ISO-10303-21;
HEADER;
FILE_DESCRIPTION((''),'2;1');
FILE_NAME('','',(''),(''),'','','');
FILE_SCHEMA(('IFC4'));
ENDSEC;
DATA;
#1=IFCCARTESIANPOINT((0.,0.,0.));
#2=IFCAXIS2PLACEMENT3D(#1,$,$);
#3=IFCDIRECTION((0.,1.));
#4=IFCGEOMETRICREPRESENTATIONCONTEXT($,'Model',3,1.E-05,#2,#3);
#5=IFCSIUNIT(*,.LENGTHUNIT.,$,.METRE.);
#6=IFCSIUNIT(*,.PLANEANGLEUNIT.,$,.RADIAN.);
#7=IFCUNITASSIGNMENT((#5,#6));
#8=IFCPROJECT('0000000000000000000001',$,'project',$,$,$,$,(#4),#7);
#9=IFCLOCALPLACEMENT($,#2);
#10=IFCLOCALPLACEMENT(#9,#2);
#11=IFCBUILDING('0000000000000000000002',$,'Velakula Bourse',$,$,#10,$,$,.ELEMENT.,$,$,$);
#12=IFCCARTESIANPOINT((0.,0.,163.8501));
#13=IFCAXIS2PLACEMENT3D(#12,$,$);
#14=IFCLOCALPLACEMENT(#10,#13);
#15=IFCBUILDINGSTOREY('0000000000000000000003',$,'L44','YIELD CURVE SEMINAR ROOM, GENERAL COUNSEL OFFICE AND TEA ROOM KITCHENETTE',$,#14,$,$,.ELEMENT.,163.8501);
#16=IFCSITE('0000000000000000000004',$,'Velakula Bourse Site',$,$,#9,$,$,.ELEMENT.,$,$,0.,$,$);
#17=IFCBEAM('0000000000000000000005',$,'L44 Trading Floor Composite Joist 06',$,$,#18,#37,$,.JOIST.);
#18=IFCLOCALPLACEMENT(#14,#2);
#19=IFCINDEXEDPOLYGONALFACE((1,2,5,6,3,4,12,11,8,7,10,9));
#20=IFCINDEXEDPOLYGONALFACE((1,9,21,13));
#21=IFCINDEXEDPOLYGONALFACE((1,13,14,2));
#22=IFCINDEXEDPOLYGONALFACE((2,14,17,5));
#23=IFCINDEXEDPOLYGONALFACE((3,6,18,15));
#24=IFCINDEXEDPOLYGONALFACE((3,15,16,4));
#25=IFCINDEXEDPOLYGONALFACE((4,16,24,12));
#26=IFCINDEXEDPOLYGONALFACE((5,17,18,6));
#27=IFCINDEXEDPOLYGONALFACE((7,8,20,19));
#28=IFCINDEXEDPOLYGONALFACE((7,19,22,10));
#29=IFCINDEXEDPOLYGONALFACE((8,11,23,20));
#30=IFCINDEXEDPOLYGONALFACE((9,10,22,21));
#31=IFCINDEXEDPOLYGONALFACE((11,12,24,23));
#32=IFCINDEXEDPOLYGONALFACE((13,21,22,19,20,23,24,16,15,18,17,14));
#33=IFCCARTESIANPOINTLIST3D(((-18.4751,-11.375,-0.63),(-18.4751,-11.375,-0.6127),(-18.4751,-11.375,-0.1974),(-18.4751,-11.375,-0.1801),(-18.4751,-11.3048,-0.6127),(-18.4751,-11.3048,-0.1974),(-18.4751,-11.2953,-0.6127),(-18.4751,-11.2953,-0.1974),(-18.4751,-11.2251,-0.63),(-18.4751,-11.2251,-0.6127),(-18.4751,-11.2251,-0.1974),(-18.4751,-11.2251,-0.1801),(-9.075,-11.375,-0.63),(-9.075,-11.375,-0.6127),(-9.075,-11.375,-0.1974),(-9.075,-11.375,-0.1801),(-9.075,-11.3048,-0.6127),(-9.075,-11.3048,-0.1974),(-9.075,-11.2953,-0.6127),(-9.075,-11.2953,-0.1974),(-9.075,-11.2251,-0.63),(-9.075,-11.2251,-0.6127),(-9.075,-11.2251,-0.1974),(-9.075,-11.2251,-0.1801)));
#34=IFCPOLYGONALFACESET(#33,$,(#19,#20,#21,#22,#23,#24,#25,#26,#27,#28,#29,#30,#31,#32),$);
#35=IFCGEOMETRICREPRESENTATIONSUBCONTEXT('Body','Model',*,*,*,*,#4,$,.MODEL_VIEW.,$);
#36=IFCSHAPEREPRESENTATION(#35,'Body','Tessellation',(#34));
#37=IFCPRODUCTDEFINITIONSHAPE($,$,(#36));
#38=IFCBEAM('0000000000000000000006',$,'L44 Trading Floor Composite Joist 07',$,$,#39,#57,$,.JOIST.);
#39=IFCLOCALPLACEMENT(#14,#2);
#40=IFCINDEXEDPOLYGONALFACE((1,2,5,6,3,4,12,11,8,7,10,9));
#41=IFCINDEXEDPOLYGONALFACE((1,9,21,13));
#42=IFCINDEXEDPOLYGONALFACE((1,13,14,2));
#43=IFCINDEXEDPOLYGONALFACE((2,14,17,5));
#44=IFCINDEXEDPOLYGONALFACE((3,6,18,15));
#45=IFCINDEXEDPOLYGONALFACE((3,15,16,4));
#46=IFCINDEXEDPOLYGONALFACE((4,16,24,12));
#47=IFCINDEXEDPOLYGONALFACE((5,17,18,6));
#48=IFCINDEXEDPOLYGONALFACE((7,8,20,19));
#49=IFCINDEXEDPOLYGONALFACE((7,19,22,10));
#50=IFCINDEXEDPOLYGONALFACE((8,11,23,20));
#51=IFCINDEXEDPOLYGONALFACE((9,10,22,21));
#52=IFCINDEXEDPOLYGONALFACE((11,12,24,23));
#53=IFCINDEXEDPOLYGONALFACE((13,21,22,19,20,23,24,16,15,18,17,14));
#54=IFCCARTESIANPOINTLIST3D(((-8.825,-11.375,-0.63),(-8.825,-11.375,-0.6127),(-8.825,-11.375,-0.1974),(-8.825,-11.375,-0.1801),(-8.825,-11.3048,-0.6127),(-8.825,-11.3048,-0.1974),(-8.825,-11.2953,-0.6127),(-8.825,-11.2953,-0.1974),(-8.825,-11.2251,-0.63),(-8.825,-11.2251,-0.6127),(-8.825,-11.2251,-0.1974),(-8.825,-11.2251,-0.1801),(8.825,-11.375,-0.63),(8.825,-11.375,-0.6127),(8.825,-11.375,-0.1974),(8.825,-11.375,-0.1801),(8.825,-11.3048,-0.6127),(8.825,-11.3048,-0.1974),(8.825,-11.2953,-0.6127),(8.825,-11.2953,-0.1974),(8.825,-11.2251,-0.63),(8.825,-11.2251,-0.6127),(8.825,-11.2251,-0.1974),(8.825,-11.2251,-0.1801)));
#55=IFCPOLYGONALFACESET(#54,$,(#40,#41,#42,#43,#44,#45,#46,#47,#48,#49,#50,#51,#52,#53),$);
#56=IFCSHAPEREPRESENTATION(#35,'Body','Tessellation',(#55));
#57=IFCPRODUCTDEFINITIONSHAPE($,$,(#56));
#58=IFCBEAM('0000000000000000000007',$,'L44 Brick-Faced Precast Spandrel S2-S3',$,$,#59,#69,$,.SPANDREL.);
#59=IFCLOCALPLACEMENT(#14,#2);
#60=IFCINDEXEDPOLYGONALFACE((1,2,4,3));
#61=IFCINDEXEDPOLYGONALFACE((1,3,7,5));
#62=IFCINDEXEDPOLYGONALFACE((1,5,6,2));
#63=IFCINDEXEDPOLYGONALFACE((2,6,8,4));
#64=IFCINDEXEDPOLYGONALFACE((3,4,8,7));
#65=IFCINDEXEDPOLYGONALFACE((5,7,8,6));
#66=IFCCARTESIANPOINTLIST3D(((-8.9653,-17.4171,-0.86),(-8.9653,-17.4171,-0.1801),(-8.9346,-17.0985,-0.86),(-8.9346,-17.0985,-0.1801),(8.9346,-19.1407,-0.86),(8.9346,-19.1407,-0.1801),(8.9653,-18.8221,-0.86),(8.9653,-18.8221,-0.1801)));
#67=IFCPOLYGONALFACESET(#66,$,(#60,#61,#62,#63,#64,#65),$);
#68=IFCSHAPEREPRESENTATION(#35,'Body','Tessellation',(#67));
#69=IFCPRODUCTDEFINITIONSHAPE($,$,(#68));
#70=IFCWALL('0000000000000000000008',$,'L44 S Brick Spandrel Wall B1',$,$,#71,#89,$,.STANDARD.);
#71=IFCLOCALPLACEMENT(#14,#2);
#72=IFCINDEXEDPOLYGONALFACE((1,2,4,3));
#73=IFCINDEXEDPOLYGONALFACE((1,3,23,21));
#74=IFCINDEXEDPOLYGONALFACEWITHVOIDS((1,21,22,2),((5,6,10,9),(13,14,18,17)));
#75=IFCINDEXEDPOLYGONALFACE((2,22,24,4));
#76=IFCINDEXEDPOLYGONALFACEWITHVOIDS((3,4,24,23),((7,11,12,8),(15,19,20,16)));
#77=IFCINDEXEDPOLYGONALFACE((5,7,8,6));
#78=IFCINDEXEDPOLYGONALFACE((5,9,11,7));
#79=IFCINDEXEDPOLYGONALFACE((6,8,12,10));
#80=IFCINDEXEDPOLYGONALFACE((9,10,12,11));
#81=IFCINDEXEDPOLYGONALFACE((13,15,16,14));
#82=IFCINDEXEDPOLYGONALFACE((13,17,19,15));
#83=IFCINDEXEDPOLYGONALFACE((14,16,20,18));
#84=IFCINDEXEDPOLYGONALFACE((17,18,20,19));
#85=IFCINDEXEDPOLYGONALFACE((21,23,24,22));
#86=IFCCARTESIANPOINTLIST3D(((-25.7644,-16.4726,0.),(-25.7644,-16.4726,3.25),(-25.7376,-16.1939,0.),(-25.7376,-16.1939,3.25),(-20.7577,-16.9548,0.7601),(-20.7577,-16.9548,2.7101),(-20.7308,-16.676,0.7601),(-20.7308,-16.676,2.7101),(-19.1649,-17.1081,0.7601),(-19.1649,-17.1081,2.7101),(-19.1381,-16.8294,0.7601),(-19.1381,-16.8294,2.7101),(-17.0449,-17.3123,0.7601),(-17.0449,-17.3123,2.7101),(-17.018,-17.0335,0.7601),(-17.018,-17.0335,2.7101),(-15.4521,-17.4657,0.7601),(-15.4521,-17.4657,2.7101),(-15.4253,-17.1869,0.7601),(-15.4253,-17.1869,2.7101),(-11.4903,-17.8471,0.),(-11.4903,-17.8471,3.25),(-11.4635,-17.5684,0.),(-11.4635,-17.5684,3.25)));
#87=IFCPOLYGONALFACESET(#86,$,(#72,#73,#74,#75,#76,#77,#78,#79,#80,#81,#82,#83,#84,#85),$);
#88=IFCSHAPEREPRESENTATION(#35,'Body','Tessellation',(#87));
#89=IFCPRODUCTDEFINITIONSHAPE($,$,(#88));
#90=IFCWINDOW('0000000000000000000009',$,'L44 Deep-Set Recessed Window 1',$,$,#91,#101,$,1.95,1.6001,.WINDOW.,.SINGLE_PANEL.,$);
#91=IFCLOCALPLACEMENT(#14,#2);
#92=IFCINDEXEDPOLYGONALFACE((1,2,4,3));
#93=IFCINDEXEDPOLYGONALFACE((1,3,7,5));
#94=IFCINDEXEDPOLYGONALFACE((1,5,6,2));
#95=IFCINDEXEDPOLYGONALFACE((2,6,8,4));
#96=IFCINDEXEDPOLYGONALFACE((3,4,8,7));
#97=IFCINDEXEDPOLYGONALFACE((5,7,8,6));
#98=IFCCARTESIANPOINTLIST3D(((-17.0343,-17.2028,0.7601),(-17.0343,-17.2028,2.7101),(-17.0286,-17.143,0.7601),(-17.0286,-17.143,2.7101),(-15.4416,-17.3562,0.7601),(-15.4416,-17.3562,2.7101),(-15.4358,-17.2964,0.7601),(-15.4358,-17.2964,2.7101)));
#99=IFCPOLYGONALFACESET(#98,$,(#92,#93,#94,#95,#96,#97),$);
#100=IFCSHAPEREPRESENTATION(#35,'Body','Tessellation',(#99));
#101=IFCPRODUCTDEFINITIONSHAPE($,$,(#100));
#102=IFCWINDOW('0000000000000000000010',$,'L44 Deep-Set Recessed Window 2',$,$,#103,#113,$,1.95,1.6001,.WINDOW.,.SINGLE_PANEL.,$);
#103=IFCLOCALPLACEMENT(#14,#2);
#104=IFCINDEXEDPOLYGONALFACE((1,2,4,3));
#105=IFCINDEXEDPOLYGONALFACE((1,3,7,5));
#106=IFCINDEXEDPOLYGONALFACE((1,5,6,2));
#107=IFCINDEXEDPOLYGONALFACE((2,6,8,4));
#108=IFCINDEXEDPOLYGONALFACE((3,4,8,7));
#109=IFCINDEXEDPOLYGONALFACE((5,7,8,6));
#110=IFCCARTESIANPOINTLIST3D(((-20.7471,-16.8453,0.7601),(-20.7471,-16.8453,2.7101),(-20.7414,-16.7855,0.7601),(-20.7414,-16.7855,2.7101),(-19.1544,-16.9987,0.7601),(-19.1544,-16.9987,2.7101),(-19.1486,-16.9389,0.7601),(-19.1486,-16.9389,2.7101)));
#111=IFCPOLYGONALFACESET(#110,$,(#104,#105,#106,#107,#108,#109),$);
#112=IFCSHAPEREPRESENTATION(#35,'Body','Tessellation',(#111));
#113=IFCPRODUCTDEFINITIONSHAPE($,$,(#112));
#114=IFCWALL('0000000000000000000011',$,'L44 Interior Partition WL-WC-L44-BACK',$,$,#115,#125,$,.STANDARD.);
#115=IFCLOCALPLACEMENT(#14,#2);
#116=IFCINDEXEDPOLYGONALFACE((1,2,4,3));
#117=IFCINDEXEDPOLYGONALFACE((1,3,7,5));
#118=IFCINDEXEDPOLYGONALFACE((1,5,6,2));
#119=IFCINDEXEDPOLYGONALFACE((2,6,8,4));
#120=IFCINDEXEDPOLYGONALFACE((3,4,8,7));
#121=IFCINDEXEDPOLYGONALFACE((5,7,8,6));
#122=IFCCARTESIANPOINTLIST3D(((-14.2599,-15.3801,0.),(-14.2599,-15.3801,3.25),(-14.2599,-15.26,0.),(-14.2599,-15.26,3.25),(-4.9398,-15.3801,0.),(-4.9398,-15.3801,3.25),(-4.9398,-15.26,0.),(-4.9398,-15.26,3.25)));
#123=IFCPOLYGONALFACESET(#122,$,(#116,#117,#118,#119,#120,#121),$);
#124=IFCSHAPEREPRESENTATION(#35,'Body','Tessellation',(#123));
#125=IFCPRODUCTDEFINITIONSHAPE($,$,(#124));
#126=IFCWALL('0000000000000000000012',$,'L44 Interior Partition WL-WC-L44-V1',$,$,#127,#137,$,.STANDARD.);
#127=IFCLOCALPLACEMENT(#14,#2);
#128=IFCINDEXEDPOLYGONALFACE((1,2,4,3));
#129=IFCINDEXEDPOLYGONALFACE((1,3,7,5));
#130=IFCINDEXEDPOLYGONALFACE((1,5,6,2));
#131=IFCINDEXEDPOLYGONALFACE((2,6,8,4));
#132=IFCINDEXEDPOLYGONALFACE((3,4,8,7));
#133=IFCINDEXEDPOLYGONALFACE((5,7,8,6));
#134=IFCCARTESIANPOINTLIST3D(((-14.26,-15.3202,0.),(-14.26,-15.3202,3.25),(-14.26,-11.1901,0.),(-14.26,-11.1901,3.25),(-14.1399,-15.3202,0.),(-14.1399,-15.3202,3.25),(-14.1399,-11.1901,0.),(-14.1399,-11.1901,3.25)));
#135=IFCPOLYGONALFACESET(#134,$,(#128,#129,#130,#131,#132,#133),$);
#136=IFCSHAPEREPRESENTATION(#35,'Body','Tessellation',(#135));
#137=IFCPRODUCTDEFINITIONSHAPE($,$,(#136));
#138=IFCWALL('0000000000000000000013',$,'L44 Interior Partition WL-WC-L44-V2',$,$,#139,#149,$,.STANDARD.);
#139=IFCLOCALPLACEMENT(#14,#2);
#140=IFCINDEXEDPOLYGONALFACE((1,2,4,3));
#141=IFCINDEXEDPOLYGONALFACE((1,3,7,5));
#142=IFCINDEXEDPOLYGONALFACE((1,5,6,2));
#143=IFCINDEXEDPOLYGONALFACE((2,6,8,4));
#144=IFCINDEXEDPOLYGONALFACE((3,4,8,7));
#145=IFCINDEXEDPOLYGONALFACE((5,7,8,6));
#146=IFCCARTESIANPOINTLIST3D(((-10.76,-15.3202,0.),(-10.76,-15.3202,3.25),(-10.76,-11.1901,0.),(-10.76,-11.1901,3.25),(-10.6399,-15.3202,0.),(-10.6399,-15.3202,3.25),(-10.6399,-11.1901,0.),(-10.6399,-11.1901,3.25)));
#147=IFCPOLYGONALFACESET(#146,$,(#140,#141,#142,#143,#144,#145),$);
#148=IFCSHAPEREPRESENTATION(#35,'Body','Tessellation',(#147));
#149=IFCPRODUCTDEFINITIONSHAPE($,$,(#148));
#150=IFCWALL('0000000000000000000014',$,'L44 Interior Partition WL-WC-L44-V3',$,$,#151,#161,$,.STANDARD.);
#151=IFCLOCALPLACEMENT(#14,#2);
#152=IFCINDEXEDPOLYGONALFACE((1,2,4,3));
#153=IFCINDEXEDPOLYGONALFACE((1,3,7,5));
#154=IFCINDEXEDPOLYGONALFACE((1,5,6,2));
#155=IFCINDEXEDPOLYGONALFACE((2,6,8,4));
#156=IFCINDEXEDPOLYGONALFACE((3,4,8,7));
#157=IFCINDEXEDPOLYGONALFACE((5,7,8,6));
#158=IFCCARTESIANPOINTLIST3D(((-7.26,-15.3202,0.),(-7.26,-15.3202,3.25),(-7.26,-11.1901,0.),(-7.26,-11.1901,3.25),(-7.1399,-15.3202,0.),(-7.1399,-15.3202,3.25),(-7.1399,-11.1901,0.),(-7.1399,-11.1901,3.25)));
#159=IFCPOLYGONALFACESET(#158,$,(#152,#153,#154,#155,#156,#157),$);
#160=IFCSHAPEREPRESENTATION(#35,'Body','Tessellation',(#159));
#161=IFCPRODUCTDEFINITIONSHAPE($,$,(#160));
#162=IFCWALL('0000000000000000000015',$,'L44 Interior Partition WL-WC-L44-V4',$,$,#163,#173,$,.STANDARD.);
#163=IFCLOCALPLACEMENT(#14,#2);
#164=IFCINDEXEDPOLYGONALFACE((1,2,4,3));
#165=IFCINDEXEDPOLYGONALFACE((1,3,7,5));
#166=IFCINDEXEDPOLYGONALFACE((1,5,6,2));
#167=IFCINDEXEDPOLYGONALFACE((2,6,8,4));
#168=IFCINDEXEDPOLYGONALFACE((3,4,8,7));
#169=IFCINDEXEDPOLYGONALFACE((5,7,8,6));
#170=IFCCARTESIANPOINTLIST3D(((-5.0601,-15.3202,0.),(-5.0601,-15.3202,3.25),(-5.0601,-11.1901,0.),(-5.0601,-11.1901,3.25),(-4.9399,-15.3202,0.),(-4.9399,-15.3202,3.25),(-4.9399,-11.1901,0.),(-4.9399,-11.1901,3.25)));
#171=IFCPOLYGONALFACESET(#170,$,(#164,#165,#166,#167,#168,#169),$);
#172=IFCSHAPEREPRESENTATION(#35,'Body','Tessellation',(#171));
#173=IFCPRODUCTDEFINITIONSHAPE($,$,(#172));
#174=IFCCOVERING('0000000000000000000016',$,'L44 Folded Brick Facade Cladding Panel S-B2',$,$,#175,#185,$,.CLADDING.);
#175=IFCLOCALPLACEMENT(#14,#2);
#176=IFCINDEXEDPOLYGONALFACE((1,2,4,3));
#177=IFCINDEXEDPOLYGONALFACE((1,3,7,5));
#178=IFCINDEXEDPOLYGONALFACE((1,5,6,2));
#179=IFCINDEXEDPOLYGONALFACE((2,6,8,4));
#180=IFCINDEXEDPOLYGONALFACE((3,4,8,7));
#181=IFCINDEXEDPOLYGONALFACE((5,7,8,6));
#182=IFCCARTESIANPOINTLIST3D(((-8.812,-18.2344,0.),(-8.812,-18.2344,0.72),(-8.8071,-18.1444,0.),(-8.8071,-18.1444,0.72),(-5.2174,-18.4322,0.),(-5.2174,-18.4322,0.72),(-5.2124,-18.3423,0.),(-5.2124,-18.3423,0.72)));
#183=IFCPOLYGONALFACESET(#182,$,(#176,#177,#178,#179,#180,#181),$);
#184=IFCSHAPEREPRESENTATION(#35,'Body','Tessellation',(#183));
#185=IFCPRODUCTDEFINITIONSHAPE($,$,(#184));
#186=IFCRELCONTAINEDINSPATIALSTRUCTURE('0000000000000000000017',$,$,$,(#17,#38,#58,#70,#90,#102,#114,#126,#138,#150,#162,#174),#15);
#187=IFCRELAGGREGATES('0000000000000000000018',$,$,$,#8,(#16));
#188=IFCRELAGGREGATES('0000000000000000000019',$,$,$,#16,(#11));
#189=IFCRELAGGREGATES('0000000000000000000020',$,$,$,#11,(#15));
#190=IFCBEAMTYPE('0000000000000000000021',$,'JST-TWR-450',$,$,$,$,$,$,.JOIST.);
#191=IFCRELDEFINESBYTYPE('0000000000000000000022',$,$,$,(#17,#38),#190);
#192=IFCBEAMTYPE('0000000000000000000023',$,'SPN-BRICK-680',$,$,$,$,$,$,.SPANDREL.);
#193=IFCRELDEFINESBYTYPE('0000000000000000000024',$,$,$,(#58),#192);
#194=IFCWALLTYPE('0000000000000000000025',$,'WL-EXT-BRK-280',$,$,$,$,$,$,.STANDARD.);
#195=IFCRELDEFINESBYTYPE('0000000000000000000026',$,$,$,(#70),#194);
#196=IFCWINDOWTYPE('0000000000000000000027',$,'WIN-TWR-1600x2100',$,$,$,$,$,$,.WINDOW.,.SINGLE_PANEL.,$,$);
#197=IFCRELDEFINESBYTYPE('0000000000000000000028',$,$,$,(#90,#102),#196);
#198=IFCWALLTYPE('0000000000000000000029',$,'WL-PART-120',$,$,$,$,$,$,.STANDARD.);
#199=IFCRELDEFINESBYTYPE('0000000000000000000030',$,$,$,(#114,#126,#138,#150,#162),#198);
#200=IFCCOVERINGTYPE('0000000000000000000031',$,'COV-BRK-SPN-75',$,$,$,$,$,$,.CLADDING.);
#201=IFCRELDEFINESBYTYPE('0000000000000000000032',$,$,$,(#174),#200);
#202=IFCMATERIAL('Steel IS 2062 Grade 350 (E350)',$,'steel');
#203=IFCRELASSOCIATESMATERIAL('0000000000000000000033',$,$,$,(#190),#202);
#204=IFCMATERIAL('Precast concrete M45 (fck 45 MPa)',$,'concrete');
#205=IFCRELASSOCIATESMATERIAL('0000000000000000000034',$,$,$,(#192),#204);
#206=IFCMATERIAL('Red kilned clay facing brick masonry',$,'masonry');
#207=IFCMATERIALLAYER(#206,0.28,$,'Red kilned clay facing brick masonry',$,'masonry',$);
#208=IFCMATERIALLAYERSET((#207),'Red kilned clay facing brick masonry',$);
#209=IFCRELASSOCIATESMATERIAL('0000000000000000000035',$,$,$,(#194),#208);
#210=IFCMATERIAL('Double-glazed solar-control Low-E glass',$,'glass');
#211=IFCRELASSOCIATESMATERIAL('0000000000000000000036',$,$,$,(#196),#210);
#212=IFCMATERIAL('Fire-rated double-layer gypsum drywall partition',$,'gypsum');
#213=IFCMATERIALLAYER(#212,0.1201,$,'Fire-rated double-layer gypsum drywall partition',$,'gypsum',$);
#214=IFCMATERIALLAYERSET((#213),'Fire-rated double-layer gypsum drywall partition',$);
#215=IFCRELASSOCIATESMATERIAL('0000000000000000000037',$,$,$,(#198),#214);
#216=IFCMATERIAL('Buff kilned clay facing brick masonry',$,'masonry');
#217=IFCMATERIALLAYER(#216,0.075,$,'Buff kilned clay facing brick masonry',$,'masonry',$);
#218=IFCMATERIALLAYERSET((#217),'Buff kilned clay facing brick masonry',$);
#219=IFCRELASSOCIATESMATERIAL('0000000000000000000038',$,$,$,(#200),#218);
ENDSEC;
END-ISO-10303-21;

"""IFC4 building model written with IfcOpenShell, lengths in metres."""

from ifc_helpers import new_model, si_unit, direction, frame, frame_2d, origin, origin_2d, place, context, subcontext, project, spatial, rectangle, i_section, extrude, material, layer, layer_set, material_profile, profile_set, type_object, element, fill, save


model = new_model("IFC4")

# Units and contexts
model_context = context("Model", 3, precision=1e-05, world=origin(), true_north=direction((0.0, 1.0)))
body_context = subcontext(model_context, "Body", "Model", "MODEL_VIEW")
ifc_project = project(units=[si_unit("LENGTHUNIT", "METRE"), si_unit("PLANEANGLEUNIT", "RADIAN")], contexts=[model_context])

# Site, building, storey
site_placement = place(None, origin())
site = spatial("IfcSite", under=ifc_project, at=site_placement, Name="Velakula Bourse Site", CompositionType="ELEMENT", RefElevation=0.0)
building_placement = place(site_placement, origin())
building = spatial("IfcBuilding", under=site, at=building_placement, Name="Velakula Bourse", CompositionType="ELEMENT")
storey_placement = place(building_placement, frame((0.0, 0.0, 163.8501)))
storey = spatial("IfcBuildingStorey", under=building, at=storey_placement, Name="L44", Description="YIELD CURVE SEMINAR ROOM, GENERAL COUNSEL OFFICE AND TEA ROOM KITCHENETTE", CompositionType="ELEMENT", Elevation=163.8501)

# Shared definitions
ifc_material_1 = material(Name="Steel IS 2062 Grade 350 (E350)", Category="steel")

# Beams
ifc_material_profile_1 = material_profile(ifc_material_1, i_section(OverallWidth=0.1499, OverallDepth=0.45, WebThickness=0.0095, FlangeThickness=0.0173, at=origin_2d()), Name="Steel IS 2062 Grade 350 (E350)")
ifc_profile_set_1 = profile_set([ifc_material_profile_1], Name="Steel IS 2062 Grade 350 (E350)")
beam_type_1 = type_object("IfcBeamType", Name="JST-TWR-450", PredefinedType="JOIST", material=ifc_profile_set_1)
beam_1_placement = place(storey_placement, frame((-18.4751, -11.3, -0.405), z_axis=(1.0, 0.0, 0.0), x_axis=(0.0, 1.0, 0.0)))
element("IfcBeam", 1, at=beam_1_placement, inside=storey, type_object=beam_type_1, Name="L44 Trading Floor Composite Joist 06", PredefinedType="JOIST", context=body_context, shape_type="SweptSolid", body=[
    extrude(i_section(OverallWidth=0.1499, OverallDepth=0.45, WebThickness=0.0095, FlangeThickness=0.0173, at=origin_2d()), origin(), (0.0, 0.0, 1.0), 9.4001),
])
beam_2_placement = place(storey_placement, frame((-8.825, -11.3, -0.405), z_axis=(1.0, 0.0, 0.0), x_axis=(0.0, 1.0, 0.0)))
element("IfcBeam", 2, at=beam_2_placement, inside=storey, type_object=beam_type_1, Name="L44 Trading Floor Composite Joist 07", PredefinedType="JOIST", context=body_context, shape_type="SweptSolid", body=[
    extrude(i_section(OverallWidth=0.1499, OverallDepth=0.45, WebThickness=0.0095, FlangeThickness=0.0173, at=origin_2d()), origin(), (0.0, 0.0, 1.0), 17.6499),
])
ifc_material_2 = material(Name="Precast concrete M45 (fck 45 MPa)", Category="concrete")
ifc_material_profile_2 = material_profile(ifc_material_2, rectangle(XDim=0.3201, YDim=0.6799, at=origin_2d()), Name="Precast concrete M45 (fck 45 MPa)")
ifc_profile_set_2 = profile_set([ifc_material_profile_2], Name="Precast concrete M45 (fck 45 MPa)")
beam_type_2 = type_object("IfcBeamType", Name="SPN-BRICK-680", PredefinedType="SPANDREL", material=ifc_profile_set_2)
beam_3_placement = place(storey_placement, frame((-8.95, -17.2578, -0.52), z_axis=(0.995396, -0.09585, 0.0), x_axis=(0.09585, 0.995396, 0.0)))
element("IfcBeam", 3, at=beam_3_placement, inside=storey, type_object=beam_type_2, Name="L44 Brick-Faced Precast Spandrel S2-S3", PredefinedType="SPANDREL", context=body_context, shape_type="SweptSolid", body=[
    extrude(rectangle(XDim=0.3201, YDim=0.6799, at=origin_2d()), origin(), (0.0, 0.0, 1.0), 17.9827),
])

# Wall, openings, windows
ifc_material_3 = material(Name="Red kilned clay facing brick masonry", Category="masonry")
ifc_layer_1 = layer(ifc_material_3, 0.28, Name="Red kilned clay facing brick masonry", Category="masonry")
ifc_layer_set_1 = layer_set([ifc_layer_1], Name="Red kilned clay facing brick masonry")
wall_type_1 = type_object("IfcWallType", Name="WL-EXT-BRK-280", PredefinedType="STANDARD", material=ifc_layer_set_1)
wall_1_placement = place(storey_placement, frame((-11.4771, -17.7078, 0.0), z_axis=(0.0, 0.0, 1.0), x_axis=(-0.995396, 0.09585, 0.0)))
wall_1 = element("IfcWall", 4, at=wall_1_placement, inside=storey, type_object=wall_type_1, Name="L44 S Brick Spandrel Wall B1", PredefinedType="STANDARD", context=body_context, shape_type="SweptSolid", body=[
    extrude(rectangle(XDim=14.3401, YDim=0.28, at=frame_2d((7.1699, 0.0))), origin(), (0.0, 0.0, 1.0), 3.25),
])
opening_1_placement = place(wall_1_placement, frame((3.98, 0.0, 0.76)))
opening_1 = element("IfcOpeningElement", 5, at=opening_1_placement, cuts=wall_1, PredefinedType="OPENING", context=body_context, shape_type="SweptSolid", body=[
    extrude(rectangle(XDim=1.6001, YDim=1.95, at=frame_2d((0.8, 0.9751))), frame((0.0, 0.1499, 0.0), z_axis=(0.0, -1.0, 0.0), x_axis=(1.0, 0.0, 0.0)), (0.0, 0.0, 1.0), 0.3),
])
opening_2_placement = place(wall_1_placement, frame((7.71, 0.0, 0.76)))
opening_2 = element("IfcOpeningElement", 6, at=opening_2_placement, cuts=wall_1, PredefinedType="OPENING", context=body_context, shape_type="SweptSolid", body=[
    extrude(rectangle(XDim=1.6001, YDim=1.95, at=frame_2d((0.8, 0.9751))), frame((0.0, 0.1499, 0.0), z_axis=(0.0, -1.0, 0.0), x_axis=(1.0, 0.0, 0.0)), (0.0, 0.0, 1.0), 0.3),
])
ifc_material_4 = material(Name="Double-glazed solar-control Low-E glass", Category="glass")
window_type = type_object("IfcWindowType", Name="WIN-TWR-1600x2100", PartitioningType="SINGLE_PANEL", PredefinedType="WINDOW", material=ifc_material_4)
window_1_placement = place(opening_1_placement, origin())
window_1 = element("IfcWindow", 7, at=window_1_placement, inside=storey, type_object=window_type, Name="L44 Deep-Set Recessed Window 1", OverallHeight=1.95, OverallWidth=1.6001, PartitioningType="SINGLE_PANEL", PredefinedType="WINDOW", context=body_context, shape_type="SweptSolid", body=[
    extrude(rectangle(XDim=1.6001, YDim=1.95, at=frame_2d((0.8, 0.9751))), frame((0.0, 0.03, 0.0), z_axis=(0.0, -1.0, 0.0), x_axis=(1.0, 0.0, 0.0)), (0.0, 0.0, 1.0), 0.0601),
])
fill(opening_1, window_1)
window_2_placement = place(opening_2_placement, origin())
window_2 = element("IfcWindow", 8, at=window_2_placement, inside=storey, type_object=window_type, Name="L44 Deep-Set Recessed Window 2", OverallHeight=1.95, OverallWidth=1.6001, PartitioningType="SINGLE_PANEL", PredefinedType="WINDOW", context=body_context, shape_type="SweptSolid", body=[
    extrude(rectangle(XDim=1.6001, YDim=1.95, at=frame_2d((0.8, 0.9751))), frame((0.0, 0.03, 0.0), z_axis=(0.0, -1.0, 0.0), x_axis=(1.0, 0.0, 0.0)), (0.0, 0.0, 1.0), 0.0601),
])
fill(opening_2, window_2)

# Walls
ifc_material_5 = material(Name="Fire-rated double-layer gypsum drywall partition", Category="gypsum")
ifc_layer_2 = layer(ifc_material_5, 0.1201, Name="Fire-rated double-layer gypsum drywall partition", Category="gypsum")
ifc_layer_set_2 = layer_set([ifc_layer_2], Name="Fire-rated double-layer gypsum drywall partition")
wall_type_2 = type_object("IfcWallType", Name="WL-PART-120", PredefinedType="STANDARD", material=ifc_layer_set_2)
wall_2_placement = place(storey_placement, frame((-14.26, -15.3201, 0.0), z_axis=(0.0, 0.0, 1.0), x_axis=(1.0, 0.0, 0.0)))
element("IfcWall", 9, at=wall_2_placement, inside=storey, type_object=wall_type_2, Name="L44 Interior Partition WL-WC-L44-BACK", PredefinedType="STANDARD", context=body_context, shape_type="SweptSolid", body=[
    extrude(rectangle(XDim=9.3201, YDim=0.1201, at=frame_2d((4.6602, 0.0))), origin(), (0.0, 0.0, 1.0), 3.25),
])
for number, where, z_axis, x_axis, name in (
    (10, (-14.2, -15.3201, 0.0), (0.0, 0.0, 1.0), (0.0, 1.0, 0.0), "L44 Interior Partition WL-WC-L44-V1"),
    (11, (-10.7, -15.3201, 0.0), (0.0, 0.0, 1.0), (0.0, 1.0, 0.0), "L44 Interior Partition WL-WC-L44-V2"),
    (12, (-7.2, -15.3201, 0.0), (0.0, 0.0, 1.0), (0.0, 1.0, 0.0), "L44 Interior Partition WL-WC-L44-V3"),
    (13, (-5.0, -15.3201, 0.0), (0.0, 0.0, 1.0), (0.0, 1.0, 0.0), "L44 Interior Partition WL-WC-L44-V4"),
):
    element("IfcWall", number, at=place(storey_placement, frame(where, z_axis=z_axis, x_axis=x_axis)), inside=storey, type_object=wall_type_2, Name=name, PredefinedType="STANDARD", context=body_context, shape_type="SweptSolid", body=[
        extrude(rectangle(XDim=4.1301, YDim=0.1201, at=frame_2d((2.0649, 0.0))), origin(), (0.0, 0.0, 1.0), 3.25),
    ])

# Covering
ifc_material_6 = material(Name="Buff kilned clay facing brick masonry", Category="masonry")
ifc_layer_3 = layer(ifc_material_6, 0.075, Name="Buff kilned clay facing brick masonry", Category="masonry")
ifc_layer_set_3 = layer_set([ifc_layer_3], Name="Buff kilned clay facing brick masonry")
covering_type = type_object("IfcCoveringType", Name="COV-BRK-SPN-75", PredefinedType="CLADDING", material=ifc_layer_set_3)
covering_placement = place(storey_placement, frame((-7.0122, -18.2883, 0.0), z_axis=(0.0, 0.0, 1.0), x_axis=(0.998489, -0.05495, 0.0)))
element("IfcCovering", 14, at=covering_placement, inside=storey, type_object=covering_type, Name="L44 Folded Brick Facade Cladding Panel S-B2", PredefinedType="CLADDING", context=body_context, shape_type="SweptSolid", body=[
    extrude(rectangle(XDim=3.6001, YDim=0.0901, at=origin_2d()), origin(), (0.0, 0.0, 1.0), 0.72),
])

save(model, "model.ifc")
